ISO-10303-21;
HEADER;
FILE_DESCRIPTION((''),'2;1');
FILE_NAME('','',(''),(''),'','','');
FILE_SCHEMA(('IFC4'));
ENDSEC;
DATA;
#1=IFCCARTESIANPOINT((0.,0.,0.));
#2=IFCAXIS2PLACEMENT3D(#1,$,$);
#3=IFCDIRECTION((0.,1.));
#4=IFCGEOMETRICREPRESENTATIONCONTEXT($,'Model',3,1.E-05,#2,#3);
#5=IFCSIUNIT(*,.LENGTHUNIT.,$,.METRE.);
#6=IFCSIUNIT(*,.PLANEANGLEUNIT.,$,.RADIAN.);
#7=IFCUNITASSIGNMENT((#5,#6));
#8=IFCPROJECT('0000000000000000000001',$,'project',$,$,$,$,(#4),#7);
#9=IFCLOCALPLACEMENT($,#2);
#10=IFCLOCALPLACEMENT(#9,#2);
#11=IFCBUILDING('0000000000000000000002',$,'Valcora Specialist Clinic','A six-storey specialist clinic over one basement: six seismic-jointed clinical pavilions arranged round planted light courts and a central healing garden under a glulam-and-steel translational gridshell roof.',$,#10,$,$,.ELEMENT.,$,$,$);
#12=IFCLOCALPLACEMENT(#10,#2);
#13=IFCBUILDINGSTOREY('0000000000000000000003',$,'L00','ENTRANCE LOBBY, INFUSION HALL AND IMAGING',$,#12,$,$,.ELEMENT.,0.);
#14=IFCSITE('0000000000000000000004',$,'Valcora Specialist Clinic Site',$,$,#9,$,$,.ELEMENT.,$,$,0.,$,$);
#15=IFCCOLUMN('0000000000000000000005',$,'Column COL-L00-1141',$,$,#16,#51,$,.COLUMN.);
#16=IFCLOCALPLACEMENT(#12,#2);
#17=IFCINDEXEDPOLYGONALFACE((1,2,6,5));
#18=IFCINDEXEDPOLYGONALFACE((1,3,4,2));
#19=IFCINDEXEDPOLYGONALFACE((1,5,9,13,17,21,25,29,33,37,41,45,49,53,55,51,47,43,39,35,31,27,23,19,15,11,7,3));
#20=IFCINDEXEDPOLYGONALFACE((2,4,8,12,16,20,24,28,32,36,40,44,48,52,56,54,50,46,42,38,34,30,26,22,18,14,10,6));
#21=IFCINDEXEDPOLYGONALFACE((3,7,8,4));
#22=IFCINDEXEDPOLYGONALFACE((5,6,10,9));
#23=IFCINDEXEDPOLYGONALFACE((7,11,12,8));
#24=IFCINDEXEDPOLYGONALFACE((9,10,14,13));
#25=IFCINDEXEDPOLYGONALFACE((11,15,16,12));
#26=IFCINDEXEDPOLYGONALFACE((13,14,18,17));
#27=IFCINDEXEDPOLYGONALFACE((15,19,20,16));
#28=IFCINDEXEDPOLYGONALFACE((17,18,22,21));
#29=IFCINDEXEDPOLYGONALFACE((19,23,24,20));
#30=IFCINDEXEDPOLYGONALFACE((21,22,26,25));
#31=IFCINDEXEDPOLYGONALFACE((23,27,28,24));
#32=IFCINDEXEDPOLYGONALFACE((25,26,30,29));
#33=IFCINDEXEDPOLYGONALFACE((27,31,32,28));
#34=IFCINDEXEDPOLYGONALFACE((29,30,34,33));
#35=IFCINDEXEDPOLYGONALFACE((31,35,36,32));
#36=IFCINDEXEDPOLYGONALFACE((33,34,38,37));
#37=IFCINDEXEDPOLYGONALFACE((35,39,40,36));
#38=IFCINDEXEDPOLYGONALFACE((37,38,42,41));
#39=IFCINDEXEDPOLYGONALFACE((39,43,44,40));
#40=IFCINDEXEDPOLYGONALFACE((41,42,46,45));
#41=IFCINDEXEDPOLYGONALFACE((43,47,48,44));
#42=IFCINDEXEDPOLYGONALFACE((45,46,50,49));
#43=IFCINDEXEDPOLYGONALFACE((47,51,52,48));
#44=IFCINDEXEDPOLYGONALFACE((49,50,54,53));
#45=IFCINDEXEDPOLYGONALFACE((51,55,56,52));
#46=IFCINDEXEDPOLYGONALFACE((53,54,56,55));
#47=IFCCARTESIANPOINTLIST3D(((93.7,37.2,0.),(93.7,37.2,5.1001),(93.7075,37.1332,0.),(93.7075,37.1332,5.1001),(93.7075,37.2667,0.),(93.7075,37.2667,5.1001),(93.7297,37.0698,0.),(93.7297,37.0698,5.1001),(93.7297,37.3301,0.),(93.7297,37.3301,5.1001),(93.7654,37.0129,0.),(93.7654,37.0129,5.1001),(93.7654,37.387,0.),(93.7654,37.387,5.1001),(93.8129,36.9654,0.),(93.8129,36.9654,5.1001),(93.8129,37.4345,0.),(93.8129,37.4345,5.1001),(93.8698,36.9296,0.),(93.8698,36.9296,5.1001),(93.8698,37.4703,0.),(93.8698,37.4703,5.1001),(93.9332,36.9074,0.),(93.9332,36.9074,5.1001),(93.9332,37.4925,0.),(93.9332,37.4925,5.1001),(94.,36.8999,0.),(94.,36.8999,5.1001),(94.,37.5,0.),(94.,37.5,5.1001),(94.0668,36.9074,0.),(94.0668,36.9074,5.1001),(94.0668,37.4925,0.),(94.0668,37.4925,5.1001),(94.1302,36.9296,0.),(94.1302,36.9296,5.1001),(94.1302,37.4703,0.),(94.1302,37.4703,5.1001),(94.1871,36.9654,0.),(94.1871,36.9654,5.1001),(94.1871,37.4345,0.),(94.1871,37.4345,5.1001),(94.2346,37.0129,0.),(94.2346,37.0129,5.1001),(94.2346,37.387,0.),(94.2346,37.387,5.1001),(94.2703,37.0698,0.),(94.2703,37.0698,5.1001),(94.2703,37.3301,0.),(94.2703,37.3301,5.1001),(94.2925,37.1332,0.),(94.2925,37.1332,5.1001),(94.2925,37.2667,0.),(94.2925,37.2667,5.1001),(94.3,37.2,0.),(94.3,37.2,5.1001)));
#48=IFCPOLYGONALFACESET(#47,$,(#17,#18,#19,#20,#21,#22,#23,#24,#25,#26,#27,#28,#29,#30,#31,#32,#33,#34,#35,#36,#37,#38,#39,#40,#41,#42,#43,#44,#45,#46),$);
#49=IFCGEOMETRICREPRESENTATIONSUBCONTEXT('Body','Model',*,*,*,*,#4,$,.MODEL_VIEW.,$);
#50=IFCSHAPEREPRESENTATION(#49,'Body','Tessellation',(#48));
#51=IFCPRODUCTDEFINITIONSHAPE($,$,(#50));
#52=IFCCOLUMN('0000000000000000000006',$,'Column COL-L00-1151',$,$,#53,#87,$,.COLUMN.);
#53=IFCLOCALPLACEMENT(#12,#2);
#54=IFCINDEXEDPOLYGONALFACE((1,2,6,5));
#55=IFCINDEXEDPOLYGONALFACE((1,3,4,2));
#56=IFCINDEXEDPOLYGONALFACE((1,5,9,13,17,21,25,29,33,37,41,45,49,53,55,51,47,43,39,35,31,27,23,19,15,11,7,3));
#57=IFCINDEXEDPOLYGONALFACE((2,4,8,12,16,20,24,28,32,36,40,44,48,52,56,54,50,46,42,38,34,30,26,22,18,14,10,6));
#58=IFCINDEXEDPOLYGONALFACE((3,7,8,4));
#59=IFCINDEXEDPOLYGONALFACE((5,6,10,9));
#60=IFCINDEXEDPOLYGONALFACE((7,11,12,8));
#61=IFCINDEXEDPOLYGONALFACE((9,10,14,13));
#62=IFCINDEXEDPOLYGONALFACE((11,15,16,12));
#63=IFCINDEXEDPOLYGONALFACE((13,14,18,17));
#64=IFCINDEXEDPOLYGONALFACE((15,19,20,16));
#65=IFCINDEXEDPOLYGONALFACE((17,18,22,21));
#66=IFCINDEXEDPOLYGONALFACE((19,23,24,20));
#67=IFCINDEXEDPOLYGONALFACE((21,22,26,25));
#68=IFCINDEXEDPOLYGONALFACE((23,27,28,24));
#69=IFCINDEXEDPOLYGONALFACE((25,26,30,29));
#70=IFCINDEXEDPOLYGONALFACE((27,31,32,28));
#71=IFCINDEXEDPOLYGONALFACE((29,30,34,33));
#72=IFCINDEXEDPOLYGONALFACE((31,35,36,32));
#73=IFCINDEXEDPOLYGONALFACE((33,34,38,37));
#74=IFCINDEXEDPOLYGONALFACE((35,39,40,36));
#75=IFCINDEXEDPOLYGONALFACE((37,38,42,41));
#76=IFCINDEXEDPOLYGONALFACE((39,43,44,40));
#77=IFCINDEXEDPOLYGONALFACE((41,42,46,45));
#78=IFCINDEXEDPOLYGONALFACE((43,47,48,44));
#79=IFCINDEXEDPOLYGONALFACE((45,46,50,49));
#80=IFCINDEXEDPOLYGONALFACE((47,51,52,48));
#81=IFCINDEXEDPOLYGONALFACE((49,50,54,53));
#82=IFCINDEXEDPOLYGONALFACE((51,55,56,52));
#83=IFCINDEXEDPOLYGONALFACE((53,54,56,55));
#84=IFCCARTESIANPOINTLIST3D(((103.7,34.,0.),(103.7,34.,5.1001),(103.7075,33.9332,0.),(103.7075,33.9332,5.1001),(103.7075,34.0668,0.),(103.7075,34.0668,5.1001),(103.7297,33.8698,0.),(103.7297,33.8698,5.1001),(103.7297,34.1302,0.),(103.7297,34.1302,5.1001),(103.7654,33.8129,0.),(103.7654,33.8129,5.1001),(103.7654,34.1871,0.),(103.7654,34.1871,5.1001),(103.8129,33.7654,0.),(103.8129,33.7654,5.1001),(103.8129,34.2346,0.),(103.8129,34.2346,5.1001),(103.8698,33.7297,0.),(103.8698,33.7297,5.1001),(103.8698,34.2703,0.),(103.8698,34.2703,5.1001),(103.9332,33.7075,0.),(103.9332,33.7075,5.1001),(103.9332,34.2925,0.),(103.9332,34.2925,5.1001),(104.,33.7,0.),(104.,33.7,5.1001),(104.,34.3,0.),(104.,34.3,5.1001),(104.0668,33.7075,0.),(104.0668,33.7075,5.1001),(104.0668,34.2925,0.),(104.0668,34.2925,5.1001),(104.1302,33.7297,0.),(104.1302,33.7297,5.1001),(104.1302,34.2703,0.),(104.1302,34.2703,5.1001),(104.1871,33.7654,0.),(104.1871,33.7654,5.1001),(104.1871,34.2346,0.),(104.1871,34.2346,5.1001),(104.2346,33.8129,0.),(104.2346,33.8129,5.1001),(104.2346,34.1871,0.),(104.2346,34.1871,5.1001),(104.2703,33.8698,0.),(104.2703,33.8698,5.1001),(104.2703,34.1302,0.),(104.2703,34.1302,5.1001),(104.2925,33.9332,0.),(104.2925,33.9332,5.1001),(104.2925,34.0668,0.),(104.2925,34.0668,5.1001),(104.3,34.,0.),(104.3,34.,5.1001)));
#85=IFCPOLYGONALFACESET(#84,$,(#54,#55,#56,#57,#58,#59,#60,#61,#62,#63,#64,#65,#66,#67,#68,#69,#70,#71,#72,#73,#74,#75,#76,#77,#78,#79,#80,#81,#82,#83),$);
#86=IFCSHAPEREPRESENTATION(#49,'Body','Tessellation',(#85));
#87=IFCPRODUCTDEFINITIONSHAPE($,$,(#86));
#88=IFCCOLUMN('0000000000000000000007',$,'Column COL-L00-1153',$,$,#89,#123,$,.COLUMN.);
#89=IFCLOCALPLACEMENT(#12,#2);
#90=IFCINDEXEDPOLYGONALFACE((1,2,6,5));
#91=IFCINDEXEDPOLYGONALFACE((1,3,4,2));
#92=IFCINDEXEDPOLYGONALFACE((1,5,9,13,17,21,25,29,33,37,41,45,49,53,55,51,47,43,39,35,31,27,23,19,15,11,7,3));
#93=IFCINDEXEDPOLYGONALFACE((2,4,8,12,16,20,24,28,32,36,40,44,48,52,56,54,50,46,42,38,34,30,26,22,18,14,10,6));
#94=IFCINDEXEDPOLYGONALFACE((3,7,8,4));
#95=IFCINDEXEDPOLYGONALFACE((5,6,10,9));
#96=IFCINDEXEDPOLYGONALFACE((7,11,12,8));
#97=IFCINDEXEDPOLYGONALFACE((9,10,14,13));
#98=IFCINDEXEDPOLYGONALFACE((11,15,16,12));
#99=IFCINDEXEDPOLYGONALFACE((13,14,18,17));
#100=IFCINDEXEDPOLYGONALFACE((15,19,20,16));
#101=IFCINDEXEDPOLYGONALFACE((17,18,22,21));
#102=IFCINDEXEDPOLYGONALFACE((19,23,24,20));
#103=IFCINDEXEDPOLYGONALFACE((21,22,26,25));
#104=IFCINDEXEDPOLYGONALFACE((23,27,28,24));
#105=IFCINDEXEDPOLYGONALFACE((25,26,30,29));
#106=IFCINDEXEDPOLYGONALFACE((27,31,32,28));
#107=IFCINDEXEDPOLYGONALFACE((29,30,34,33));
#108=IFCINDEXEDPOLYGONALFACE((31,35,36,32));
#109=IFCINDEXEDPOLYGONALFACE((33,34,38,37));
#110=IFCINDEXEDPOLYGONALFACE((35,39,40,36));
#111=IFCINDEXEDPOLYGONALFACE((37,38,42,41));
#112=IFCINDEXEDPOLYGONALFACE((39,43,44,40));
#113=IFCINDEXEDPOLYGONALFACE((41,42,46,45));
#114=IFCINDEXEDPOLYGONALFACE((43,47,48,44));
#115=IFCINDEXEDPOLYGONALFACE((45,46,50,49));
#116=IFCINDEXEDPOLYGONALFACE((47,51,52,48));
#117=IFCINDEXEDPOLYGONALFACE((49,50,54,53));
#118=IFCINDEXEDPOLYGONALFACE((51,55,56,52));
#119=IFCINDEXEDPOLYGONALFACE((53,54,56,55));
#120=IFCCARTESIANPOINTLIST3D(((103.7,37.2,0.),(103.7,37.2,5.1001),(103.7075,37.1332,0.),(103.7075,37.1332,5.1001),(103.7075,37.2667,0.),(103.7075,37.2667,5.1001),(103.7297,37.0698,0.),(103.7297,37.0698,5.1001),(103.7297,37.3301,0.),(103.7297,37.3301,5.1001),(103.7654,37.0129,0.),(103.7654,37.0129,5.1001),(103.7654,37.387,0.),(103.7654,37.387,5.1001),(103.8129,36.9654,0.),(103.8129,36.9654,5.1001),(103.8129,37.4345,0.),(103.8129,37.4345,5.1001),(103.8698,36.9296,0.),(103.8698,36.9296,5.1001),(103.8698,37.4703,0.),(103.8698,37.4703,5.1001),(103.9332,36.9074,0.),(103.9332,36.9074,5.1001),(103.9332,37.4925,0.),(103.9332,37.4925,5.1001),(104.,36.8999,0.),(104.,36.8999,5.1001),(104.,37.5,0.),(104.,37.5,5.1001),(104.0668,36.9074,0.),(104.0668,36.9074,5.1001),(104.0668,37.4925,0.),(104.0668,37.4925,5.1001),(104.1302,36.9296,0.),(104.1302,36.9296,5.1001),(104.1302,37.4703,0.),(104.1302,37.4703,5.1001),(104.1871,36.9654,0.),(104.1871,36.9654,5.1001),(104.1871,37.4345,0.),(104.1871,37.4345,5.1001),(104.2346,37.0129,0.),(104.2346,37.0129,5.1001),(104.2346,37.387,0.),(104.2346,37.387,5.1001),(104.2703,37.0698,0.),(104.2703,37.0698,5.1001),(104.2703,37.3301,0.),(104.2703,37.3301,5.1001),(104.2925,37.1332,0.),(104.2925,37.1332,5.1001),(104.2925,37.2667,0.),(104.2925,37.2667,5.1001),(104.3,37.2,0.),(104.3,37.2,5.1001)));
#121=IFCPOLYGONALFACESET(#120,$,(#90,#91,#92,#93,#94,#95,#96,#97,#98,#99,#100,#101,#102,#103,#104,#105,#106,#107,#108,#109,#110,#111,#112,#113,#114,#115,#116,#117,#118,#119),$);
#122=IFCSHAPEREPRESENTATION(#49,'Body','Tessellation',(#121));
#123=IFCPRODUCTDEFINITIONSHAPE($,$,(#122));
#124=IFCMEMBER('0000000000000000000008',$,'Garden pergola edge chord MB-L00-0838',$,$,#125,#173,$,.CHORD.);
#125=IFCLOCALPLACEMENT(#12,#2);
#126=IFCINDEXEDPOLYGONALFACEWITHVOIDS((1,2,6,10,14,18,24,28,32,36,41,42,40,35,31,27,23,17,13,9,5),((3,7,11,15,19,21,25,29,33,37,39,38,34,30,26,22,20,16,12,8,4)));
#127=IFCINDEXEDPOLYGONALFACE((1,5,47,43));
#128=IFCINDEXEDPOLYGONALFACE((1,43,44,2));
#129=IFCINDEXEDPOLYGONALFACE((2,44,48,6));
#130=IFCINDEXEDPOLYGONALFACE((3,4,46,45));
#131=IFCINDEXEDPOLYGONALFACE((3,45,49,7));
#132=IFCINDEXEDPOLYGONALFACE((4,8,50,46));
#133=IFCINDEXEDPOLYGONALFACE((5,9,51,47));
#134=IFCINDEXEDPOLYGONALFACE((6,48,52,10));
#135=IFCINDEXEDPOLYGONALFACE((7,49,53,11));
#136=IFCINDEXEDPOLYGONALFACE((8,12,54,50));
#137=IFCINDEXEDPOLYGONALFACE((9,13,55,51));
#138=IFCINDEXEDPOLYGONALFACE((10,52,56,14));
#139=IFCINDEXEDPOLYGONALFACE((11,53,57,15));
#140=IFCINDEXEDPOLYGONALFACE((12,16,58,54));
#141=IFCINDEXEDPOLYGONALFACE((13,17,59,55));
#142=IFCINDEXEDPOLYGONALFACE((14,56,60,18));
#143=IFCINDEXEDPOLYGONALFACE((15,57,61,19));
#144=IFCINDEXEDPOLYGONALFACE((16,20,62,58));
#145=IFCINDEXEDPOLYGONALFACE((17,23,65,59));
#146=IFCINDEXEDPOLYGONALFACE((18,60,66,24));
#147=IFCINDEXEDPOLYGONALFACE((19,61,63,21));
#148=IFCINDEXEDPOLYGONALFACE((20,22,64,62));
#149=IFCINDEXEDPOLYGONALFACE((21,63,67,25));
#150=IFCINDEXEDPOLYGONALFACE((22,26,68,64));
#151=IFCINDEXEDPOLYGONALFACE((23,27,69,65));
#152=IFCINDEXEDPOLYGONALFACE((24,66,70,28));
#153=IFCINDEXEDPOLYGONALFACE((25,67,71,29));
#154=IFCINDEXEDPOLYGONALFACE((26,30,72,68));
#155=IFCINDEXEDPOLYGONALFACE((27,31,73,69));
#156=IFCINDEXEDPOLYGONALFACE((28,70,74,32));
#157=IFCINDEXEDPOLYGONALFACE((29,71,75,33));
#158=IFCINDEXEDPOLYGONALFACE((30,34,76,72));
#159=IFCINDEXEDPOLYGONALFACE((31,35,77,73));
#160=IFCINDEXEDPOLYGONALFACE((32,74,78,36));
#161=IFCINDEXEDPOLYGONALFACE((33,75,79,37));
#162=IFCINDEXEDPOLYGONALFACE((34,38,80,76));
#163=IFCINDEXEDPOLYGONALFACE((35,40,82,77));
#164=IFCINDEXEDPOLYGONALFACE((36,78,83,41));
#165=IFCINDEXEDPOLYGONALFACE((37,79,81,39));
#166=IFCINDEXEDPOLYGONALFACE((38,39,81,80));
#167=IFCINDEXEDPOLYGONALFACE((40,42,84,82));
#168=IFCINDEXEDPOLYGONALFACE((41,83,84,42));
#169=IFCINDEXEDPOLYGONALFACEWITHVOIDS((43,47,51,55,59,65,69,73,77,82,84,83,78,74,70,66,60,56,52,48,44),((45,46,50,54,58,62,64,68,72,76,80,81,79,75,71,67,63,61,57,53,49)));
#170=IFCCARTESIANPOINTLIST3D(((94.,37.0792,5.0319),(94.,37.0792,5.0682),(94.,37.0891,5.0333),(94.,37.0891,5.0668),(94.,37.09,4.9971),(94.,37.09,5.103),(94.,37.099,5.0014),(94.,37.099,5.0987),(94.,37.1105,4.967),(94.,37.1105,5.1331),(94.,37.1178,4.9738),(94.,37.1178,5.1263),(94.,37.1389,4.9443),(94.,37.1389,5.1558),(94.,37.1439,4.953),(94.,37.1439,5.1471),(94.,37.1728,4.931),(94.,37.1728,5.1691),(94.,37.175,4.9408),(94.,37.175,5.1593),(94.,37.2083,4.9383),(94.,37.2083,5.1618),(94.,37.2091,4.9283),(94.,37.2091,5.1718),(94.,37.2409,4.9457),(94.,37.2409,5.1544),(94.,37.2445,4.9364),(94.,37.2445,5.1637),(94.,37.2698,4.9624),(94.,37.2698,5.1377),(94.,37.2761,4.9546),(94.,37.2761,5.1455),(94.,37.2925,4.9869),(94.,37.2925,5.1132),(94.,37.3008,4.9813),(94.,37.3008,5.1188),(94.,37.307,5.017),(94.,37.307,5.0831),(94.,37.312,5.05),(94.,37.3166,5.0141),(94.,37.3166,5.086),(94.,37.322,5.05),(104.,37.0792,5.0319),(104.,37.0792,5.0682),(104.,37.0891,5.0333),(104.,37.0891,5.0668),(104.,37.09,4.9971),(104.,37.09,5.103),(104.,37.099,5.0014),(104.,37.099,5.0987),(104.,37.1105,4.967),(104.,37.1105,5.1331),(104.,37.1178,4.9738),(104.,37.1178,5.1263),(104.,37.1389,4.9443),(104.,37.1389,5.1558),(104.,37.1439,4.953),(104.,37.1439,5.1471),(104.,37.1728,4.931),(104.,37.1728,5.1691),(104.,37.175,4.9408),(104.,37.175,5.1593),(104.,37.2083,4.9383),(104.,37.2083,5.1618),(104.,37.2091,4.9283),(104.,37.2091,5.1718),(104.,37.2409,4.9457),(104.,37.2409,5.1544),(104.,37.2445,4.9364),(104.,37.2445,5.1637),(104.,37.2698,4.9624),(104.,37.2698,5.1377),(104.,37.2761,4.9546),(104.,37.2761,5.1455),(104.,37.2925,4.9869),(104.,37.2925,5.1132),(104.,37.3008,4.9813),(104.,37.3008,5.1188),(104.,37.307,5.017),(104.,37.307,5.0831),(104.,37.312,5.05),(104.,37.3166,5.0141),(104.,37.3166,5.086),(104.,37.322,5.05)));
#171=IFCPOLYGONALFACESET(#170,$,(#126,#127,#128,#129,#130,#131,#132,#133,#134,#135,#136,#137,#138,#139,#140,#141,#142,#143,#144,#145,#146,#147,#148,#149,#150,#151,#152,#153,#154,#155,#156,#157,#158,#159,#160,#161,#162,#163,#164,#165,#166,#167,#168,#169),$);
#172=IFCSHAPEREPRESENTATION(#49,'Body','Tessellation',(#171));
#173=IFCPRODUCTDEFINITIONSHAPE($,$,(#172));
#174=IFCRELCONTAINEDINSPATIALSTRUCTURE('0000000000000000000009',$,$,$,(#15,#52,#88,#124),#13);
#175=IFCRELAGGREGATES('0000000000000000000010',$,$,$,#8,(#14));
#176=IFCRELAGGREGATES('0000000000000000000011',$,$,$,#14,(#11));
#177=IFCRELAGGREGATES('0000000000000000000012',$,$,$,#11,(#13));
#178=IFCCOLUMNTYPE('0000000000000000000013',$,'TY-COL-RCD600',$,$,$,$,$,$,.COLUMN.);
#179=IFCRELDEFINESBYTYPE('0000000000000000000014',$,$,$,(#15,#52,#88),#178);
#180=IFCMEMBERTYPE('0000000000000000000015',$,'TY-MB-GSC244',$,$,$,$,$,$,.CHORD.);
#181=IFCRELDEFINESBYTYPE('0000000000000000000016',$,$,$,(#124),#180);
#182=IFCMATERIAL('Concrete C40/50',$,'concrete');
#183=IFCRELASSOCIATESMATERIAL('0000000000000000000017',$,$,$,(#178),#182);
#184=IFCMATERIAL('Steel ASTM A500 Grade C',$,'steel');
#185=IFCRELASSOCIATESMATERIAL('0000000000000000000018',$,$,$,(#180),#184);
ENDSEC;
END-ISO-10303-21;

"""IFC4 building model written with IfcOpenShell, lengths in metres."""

from ifc_helpers import new_model, si_unit, direction, frame, origin, origin_2d, place, context, subcontext, project, spatial, circle, hollow_circle, extrude, material, material_profile, profile_set, type_object, element, save


model = new_model("IFC4")

# Units and contexts
model_context = context("Model", 3, precision=1e-05, world=origin(), true_north=direction((0.0, 1.0)))
body_context = subcontext(model_context, "Body", "Model", "MODEL_VIEW")
ifc_project = project(units=[si_unit("LENGTHUNIT", "METRE"), si_unit("PLANEANGLEUNIT", "RADIAN")], contexts=[model_context])

# Site, building, storey
site_placement = place(None, origin())
site = spatial("IfcSite", under=ifc_project, at=site_placement, Name="Valcora Specialist Clinic Site", CompositionType="ELEMENT", RefElevation=0.0)
building_placement = place(site_placement, origin())
building = spatial("IfcBuilding", under=site, at=building_placement, Name="Valcora Specialist Clinic", Description="A six-storey specialist clinic over one basement: six seismic-jointed clinical pavilions arranged round planted light courts and a central healing garden under a glulam-and-steel translational gridshell roof.", CompositionType="ELEMENT")
storey_placement = place(building_placement, origin())
storey = spatial("IfcBuildingStorey", under=building, at=storey_placement, Name="L00", Description="ENTRANCE LOBBY, INFUSION HALL AND IMAGING", CompositionType="ELEMENT", Elevation=0.0)

# Columns
ifc_material_1 = material(Name="Concrete C40/50", Category="concrete")
ifc_material_profile_1 = material_profile(ifc_material_1, circle(Radius=0.3, at=origin_2d()), Name="RC-COL-D600")
ifc_profile_set_1 = profile_set([ifc_material_profile_1], Name="Concrete C40/50")
column_type = type_object("IfcColumnType", Name="TY-COL-RCD600", PredefinedType="COLUMN", material=ifc_profile_set_1)
for number, where, z_axis, x_axis, name in (
    (1, (94.0, 37.2, 0.0), (0.0, 0.0, 1.0), (1.0, 0.0, 0.0), "Column COL-L00-1141"),
    (2, (104.0, 34.0, 0.0), (0.0, 0.0, 1.0), (1.0, 0.0, 0.0), "Column COL-L00-1151"),
    (3, (104.0, 37.2, 0.0), (0.0, 0.0, 1.0), (1.0, 0.0, 0.0), "Column COL-L00-1153"),
):
    element("IfcColumn", number, at=place(storey_placement, frame(where, z_axis=z_axis, x_axis=x_axis)), inside=storey, type_object=column_type, Name=name, PredefinedType="COLUMN", context=body_context, shape_type="SweptSolid", body=[
        extrude(circle(Radius=0.3, at=origin_2d()), origin(), (0.0, 0.0, 1.0), 5.1001),
    ])

# Member
ifc_material_2 = material(Name="Steel ASTM A500 Grade C", Category="steel")
ifc_material_profile_2 = material_profile(ifc_material_2, hollow_circle(Radius=0.1221, WallThickness=0.01, at=origin_2d()), Name="ST-CHS-244X10")
ifc_profile_set_2 = profile_set([ifc_material_profile_2], Name="Steel ASTM A500 Grade C")
member_type_1 = type_object("IfcMemberType", Name="TY-MB-GSC244", PredefinedType="CHORD", material=ifc_profile_set_2)
for number, where, z_axis, x_axis, name in (
    (4, (94.0, 37.2, 5.05), (1.0, 0.0, 0.0), (0.0, 1.0, 0.0), "Garden pergola edge chord MB-L00-0838"),
):
    element("IfcMember", number, at=place(storey_placement, frame(where, z_axis=z_axis, x_axis=x_axis)), inside=storey, type_object=member_type_1, Name=name, PredefinedType="CHORD", context=body_context, shape_type="SweptSolid", body=[
        extrude(hollow_circle(Radius=0.1221, WallThickness=0.01, at=origin_2d()), origin(), (0.0, 0.0, 1.0), 10.0),
    ])

save(model, "model.ifc")
